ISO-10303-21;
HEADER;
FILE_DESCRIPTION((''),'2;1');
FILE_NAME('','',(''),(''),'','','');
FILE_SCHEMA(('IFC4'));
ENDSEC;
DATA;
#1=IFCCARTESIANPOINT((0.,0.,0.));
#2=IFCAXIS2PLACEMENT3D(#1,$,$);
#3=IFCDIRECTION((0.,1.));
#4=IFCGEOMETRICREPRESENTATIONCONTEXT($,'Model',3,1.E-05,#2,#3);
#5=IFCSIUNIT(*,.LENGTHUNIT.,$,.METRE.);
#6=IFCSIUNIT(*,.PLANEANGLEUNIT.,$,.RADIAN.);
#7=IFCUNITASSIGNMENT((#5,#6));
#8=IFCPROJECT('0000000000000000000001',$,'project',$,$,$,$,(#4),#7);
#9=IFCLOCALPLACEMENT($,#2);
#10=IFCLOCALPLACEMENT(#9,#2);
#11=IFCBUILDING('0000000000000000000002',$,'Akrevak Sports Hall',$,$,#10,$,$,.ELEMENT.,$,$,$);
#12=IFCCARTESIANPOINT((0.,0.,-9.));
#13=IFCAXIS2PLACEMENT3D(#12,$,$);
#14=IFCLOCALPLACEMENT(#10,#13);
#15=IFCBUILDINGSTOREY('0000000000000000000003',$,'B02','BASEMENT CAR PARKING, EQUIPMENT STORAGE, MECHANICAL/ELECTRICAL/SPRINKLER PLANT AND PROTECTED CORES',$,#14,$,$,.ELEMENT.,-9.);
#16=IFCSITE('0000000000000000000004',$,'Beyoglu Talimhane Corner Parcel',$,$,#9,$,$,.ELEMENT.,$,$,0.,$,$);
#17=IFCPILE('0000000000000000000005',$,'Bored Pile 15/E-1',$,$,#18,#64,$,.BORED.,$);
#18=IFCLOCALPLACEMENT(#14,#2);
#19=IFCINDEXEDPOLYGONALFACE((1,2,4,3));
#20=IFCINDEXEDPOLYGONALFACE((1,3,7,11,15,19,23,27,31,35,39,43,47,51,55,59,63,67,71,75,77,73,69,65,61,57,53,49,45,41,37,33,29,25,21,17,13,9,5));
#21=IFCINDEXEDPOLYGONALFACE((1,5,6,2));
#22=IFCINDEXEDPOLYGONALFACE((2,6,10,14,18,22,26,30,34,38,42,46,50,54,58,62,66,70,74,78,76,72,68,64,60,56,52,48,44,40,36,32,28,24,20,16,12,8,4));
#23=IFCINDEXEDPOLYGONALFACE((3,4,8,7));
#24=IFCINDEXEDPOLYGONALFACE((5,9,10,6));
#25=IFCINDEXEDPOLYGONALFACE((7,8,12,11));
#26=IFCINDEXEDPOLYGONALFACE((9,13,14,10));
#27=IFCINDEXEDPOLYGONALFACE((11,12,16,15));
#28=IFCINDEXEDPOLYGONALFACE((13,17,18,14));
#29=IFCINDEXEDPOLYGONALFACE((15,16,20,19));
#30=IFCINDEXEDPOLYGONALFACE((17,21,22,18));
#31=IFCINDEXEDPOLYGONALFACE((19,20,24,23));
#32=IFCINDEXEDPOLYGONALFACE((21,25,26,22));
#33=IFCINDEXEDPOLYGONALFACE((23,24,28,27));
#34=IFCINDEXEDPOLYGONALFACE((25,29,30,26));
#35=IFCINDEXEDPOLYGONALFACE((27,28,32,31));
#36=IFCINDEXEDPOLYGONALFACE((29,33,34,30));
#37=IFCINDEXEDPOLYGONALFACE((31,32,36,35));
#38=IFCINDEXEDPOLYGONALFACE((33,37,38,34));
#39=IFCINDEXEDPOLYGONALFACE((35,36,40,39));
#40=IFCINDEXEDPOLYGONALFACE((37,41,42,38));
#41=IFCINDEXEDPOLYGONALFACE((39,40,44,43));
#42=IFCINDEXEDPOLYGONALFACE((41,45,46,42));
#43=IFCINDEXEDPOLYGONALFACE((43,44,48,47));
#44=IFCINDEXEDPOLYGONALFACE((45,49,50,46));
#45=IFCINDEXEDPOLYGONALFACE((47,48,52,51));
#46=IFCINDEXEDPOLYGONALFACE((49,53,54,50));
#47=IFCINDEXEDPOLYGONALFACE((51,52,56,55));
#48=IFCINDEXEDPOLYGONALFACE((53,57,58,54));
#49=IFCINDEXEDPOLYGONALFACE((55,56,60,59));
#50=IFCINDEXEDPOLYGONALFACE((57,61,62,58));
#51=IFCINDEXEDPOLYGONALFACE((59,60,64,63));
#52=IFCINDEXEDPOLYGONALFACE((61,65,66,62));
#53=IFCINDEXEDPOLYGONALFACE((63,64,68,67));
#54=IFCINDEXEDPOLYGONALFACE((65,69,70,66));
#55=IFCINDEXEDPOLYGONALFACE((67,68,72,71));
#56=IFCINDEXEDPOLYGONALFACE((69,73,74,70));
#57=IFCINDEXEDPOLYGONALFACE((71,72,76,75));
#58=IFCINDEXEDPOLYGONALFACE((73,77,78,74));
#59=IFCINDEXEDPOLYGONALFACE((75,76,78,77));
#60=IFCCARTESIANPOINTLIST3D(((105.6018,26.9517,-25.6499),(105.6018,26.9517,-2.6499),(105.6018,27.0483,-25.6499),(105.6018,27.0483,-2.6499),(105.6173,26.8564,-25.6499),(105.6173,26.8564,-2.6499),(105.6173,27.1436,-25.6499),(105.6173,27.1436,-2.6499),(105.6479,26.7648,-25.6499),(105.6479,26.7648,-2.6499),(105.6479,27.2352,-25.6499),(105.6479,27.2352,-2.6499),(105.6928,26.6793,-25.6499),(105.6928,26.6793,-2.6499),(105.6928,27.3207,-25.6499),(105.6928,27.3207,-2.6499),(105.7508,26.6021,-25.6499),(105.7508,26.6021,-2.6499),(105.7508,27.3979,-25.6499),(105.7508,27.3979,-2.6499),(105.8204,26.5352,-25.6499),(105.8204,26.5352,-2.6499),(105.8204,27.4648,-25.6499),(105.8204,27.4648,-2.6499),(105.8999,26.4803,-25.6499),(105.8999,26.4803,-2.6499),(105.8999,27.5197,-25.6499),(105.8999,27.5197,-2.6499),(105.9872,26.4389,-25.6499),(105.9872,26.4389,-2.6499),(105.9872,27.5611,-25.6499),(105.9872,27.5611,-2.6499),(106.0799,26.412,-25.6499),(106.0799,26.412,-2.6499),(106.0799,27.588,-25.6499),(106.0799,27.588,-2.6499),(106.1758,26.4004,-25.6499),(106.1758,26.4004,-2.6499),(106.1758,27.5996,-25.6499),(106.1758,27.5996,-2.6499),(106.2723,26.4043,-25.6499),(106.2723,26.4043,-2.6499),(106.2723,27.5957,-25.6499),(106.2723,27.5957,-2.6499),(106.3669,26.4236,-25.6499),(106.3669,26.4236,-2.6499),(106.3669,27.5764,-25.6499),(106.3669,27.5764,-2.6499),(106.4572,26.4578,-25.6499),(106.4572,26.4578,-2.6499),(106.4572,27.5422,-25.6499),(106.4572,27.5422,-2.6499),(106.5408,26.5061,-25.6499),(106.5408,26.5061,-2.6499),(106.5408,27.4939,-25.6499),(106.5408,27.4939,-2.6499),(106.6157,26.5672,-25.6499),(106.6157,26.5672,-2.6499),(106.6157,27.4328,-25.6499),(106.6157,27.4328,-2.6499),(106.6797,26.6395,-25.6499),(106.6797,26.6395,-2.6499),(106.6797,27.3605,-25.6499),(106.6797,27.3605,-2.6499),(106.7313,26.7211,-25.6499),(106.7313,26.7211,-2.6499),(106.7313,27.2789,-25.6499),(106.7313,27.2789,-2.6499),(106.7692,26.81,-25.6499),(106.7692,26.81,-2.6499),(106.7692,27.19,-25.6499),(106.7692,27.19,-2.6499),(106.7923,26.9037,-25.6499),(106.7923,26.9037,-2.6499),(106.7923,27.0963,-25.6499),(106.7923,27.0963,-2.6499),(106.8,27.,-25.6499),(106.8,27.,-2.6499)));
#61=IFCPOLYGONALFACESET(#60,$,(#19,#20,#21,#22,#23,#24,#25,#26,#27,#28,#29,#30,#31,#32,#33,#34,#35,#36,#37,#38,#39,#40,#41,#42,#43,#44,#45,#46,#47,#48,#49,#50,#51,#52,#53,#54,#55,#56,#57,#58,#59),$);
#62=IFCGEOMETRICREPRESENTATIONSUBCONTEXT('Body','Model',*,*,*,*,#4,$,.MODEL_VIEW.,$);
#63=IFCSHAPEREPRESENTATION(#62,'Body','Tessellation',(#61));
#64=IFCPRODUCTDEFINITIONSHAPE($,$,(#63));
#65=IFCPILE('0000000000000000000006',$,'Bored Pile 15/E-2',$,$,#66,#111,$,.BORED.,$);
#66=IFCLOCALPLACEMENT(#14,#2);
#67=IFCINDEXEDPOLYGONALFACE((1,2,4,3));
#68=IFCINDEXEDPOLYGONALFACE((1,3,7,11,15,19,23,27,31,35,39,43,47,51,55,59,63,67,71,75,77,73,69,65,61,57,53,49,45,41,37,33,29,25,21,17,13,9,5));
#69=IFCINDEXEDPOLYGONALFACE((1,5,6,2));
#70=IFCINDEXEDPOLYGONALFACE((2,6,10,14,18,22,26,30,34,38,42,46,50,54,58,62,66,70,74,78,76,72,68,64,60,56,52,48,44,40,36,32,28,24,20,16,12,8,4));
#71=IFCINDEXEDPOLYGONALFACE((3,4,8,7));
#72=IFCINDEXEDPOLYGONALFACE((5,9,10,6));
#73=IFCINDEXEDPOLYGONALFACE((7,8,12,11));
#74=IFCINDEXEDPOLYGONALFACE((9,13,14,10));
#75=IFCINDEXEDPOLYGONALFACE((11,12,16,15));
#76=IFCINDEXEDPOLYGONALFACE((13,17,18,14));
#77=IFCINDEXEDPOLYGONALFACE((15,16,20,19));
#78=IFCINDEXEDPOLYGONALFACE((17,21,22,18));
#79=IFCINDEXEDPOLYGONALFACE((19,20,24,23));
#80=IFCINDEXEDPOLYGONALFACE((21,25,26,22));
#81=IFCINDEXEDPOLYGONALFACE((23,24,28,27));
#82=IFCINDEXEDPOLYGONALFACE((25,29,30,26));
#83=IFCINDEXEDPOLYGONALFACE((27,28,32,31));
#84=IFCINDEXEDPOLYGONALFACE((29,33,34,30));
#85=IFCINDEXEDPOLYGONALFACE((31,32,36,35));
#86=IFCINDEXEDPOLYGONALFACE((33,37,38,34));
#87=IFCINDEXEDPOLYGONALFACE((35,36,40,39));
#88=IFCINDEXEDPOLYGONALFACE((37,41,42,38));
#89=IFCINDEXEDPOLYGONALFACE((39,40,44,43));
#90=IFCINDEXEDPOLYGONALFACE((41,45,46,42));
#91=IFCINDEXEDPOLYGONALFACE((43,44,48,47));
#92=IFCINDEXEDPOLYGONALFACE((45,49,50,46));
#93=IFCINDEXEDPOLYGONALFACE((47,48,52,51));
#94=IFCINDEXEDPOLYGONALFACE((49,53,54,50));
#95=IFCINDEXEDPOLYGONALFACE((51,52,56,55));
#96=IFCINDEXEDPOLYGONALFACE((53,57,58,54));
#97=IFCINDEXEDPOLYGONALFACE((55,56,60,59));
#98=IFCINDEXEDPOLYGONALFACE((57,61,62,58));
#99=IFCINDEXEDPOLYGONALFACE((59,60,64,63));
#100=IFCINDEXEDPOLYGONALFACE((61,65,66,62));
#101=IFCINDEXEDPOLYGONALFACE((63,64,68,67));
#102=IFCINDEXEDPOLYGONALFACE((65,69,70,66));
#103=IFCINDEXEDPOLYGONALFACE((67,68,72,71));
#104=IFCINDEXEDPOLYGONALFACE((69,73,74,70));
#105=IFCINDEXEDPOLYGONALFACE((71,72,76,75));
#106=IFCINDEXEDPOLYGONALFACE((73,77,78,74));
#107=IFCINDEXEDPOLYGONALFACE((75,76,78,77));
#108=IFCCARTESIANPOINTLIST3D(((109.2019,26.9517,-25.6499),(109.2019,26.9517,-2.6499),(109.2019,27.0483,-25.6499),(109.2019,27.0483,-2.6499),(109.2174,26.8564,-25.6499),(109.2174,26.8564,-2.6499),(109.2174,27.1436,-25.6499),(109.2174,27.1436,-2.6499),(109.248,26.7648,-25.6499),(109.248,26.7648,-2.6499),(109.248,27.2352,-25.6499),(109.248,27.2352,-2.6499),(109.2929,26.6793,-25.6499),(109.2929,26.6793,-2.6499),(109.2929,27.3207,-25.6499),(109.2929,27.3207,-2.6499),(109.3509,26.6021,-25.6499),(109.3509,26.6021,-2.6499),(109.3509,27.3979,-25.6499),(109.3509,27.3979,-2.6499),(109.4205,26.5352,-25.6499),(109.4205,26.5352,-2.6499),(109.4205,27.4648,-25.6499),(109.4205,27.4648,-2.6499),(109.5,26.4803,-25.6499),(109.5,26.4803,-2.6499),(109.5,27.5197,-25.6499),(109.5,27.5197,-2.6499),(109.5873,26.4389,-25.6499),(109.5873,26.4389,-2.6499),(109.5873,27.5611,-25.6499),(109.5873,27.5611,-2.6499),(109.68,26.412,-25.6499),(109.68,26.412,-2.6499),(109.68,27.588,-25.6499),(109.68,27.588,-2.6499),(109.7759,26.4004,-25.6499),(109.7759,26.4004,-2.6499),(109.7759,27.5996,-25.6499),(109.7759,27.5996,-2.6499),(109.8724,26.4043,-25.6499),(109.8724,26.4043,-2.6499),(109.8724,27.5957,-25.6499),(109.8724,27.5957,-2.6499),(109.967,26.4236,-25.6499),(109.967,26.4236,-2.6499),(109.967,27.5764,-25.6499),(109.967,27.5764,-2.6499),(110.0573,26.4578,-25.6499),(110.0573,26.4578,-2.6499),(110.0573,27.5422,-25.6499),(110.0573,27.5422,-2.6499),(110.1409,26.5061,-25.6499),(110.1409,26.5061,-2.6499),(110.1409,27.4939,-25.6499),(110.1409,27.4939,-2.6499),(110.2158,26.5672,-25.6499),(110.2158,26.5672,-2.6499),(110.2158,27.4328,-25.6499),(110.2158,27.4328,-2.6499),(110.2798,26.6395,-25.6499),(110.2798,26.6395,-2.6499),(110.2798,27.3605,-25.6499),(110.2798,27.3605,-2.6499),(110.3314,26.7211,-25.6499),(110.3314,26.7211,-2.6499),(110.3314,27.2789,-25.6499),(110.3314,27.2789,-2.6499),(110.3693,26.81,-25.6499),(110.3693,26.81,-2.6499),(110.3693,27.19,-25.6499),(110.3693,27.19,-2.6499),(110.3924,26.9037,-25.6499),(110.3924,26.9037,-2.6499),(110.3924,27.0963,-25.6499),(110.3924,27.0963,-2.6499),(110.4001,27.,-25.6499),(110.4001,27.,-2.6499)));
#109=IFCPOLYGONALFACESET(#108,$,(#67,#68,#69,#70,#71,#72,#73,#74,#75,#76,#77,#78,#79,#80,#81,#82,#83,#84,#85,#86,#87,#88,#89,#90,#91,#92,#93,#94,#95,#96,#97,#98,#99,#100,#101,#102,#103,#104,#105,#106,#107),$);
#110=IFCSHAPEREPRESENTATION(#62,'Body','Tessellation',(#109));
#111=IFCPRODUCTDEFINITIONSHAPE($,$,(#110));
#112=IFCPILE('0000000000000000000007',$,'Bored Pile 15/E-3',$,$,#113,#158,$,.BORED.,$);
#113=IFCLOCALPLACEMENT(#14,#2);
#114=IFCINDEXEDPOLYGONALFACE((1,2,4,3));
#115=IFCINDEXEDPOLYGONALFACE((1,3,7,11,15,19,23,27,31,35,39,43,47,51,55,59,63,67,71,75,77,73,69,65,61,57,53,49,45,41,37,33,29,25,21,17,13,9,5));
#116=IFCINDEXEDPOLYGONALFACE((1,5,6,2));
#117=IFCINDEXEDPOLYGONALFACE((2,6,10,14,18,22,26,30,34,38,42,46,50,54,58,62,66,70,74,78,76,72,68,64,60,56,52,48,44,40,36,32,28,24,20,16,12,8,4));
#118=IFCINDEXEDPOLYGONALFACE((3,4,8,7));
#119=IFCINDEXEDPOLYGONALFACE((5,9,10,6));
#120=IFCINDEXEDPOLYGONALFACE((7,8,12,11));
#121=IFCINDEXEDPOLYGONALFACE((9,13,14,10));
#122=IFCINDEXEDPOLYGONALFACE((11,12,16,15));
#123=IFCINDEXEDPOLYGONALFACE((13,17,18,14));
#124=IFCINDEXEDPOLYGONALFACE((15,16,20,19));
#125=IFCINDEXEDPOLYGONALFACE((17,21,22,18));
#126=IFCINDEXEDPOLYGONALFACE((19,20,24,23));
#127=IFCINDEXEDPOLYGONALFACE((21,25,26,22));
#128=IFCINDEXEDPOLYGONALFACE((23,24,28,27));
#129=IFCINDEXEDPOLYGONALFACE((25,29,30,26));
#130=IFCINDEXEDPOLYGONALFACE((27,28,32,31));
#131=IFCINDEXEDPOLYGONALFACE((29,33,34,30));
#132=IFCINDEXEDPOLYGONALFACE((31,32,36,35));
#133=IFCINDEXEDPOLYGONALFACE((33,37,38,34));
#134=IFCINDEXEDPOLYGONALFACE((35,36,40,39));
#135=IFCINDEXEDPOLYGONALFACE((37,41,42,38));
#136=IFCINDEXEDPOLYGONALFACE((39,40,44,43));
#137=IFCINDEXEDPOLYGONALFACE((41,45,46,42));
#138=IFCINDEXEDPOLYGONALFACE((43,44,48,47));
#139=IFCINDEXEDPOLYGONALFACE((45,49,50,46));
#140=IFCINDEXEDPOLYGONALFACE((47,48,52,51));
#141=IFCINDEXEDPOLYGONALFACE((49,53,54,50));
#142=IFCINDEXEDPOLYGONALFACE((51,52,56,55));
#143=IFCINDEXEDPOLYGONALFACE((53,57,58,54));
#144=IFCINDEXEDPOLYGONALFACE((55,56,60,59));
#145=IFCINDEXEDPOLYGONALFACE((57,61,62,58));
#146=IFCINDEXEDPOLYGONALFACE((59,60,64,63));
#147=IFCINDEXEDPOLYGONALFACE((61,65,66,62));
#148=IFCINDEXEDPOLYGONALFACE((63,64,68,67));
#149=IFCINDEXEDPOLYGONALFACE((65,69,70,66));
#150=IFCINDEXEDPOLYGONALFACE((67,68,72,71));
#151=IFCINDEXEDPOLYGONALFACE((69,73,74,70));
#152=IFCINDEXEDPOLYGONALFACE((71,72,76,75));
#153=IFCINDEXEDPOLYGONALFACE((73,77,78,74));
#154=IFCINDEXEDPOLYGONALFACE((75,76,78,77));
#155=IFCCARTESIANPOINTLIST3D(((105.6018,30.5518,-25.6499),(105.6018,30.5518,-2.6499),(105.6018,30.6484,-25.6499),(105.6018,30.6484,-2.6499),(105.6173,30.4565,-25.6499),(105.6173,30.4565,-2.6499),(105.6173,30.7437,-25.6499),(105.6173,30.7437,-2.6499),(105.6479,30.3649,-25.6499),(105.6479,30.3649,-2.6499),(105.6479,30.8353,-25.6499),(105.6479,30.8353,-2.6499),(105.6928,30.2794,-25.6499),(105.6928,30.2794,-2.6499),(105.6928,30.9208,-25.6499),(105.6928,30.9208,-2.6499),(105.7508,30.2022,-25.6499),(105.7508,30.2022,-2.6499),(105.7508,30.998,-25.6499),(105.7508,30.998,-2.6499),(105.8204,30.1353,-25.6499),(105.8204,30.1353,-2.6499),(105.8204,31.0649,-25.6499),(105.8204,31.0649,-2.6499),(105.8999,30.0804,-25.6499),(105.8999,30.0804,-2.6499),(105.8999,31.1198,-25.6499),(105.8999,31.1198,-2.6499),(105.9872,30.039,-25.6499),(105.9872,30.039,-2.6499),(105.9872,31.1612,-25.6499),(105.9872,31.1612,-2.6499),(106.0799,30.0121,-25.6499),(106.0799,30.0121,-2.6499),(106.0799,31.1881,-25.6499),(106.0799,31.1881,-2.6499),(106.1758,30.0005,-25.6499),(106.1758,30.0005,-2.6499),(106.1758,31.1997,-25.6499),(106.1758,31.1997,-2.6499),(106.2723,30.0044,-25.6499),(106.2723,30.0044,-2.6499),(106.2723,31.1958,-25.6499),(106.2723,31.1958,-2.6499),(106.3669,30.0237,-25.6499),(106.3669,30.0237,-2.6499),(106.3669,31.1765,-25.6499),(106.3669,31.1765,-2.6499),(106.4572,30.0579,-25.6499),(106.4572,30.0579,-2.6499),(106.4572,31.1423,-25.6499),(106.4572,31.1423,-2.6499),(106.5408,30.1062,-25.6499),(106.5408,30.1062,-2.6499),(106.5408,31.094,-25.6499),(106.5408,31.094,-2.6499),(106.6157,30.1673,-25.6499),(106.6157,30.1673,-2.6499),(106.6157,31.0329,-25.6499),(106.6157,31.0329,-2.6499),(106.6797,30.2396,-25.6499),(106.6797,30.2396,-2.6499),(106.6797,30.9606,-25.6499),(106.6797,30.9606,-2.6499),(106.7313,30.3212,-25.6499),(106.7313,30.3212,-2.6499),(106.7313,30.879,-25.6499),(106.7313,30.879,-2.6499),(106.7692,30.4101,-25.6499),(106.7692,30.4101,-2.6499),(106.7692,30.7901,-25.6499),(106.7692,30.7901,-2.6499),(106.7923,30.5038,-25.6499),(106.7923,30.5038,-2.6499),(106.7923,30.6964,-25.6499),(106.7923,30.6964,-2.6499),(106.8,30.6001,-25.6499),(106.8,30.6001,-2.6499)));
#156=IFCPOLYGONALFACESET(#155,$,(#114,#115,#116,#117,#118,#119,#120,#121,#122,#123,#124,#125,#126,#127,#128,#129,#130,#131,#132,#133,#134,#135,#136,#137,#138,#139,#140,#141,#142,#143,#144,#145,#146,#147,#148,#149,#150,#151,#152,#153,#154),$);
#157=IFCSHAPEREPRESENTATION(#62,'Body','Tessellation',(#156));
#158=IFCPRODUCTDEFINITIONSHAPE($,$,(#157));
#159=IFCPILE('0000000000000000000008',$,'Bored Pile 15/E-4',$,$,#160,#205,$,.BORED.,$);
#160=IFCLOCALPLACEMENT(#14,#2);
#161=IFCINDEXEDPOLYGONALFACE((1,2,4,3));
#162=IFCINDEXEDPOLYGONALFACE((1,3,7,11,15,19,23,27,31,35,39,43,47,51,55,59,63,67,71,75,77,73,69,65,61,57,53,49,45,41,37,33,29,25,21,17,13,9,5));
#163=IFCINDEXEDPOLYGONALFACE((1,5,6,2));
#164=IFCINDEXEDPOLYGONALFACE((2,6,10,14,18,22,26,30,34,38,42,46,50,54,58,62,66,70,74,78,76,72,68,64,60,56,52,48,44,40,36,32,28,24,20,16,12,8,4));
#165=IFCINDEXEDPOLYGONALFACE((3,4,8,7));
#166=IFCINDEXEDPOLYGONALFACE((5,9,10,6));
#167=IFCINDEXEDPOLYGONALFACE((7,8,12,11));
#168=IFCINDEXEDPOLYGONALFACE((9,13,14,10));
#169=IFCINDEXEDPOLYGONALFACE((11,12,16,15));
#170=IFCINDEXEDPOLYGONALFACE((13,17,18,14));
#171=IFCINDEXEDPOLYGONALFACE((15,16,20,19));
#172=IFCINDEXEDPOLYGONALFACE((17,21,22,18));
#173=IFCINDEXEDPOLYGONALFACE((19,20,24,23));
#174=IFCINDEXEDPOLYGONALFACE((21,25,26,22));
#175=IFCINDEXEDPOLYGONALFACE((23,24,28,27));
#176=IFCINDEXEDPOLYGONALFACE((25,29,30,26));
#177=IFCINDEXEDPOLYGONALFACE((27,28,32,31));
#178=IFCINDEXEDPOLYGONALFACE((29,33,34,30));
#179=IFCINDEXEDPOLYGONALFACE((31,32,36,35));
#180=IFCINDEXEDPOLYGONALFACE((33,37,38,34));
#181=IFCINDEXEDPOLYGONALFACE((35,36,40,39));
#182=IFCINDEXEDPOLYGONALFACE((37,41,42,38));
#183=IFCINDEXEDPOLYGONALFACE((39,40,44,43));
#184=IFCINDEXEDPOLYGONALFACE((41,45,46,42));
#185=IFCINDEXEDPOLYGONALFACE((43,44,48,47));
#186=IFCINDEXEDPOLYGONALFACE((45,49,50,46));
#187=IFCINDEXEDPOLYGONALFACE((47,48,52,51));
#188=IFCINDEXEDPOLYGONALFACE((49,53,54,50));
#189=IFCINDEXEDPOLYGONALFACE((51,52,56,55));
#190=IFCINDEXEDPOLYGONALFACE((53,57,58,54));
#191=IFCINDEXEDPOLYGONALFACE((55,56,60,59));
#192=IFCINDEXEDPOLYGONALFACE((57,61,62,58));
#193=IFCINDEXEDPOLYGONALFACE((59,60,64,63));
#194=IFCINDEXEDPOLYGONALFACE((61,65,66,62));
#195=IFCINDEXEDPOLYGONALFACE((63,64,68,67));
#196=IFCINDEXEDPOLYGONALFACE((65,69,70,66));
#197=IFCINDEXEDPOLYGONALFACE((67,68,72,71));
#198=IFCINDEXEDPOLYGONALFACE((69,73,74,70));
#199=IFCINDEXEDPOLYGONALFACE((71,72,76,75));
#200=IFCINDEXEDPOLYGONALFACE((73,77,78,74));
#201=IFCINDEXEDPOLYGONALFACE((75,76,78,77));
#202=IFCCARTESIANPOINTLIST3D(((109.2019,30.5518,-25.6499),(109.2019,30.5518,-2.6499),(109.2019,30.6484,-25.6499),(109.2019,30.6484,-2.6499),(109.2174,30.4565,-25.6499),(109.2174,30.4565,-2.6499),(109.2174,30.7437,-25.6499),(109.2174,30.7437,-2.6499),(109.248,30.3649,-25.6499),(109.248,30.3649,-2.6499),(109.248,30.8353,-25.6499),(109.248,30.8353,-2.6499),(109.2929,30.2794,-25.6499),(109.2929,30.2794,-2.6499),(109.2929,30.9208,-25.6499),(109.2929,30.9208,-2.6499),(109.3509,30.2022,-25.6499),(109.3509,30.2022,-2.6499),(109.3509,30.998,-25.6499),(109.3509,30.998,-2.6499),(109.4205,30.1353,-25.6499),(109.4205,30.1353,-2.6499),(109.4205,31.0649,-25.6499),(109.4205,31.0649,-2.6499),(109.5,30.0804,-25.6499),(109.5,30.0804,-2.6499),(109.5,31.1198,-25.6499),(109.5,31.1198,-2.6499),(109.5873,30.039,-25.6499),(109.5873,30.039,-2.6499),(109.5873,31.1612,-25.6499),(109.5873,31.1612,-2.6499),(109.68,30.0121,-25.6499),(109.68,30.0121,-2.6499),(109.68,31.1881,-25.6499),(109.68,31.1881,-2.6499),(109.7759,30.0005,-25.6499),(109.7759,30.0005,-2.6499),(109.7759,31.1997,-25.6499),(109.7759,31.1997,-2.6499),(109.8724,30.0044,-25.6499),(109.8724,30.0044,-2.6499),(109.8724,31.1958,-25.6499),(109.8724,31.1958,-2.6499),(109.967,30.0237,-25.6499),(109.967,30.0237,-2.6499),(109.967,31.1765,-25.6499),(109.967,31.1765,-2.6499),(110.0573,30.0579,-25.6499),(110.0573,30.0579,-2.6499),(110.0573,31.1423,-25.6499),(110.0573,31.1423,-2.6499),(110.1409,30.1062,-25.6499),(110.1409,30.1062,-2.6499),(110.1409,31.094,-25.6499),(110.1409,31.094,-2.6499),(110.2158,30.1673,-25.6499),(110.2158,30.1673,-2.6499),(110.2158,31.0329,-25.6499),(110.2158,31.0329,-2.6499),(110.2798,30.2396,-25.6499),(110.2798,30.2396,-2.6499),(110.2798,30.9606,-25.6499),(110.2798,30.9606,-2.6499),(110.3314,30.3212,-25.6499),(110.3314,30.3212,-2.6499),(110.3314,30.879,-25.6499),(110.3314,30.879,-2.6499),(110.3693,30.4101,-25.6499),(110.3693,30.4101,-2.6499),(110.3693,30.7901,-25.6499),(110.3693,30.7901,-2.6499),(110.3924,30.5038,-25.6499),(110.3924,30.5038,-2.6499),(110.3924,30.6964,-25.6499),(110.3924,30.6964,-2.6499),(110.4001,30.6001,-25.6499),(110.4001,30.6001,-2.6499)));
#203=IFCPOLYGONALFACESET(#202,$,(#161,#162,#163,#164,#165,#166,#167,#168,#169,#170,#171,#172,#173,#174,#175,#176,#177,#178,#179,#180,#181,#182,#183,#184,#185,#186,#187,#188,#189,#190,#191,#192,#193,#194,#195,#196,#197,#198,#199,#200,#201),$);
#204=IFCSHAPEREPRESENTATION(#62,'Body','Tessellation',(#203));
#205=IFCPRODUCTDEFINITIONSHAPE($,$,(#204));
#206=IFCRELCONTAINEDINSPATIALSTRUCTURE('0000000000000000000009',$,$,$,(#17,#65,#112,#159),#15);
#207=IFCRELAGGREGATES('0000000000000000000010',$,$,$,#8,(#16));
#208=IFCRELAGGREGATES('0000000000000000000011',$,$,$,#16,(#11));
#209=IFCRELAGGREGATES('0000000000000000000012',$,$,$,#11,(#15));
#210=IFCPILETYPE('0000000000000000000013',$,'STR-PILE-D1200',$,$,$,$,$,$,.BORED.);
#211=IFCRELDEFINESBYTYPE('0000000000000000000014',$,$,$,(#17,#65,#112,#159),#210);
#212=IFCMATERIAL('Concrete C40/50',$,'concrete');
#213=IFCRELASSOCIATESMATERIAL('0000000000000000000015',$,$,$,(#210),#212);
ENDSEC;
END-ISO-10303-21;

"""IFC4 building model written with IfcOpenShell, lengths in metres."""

from ifc_helpers import new_model, si_unit, direction, frame, origin, origin_2d, place, context, subcontext, project, spatial, circle, extrude, material, material_profile, profile_set, type_object, element, save


model = new_model("IFC4")

# Units and contexts
model_context = context("Model", 3, precision=1e-05, world=origin(), true_north=direction((0.0, 1.0)))
body_context = subcontext(model_context, "Body", "Model", "MODEL_VIEW")
ifc_project = project(units=[si_unit("LENGTHUNIT", "METRE"), si_unit("PLANEANGLEUNIT", "RADIAN")], contexts=[model_context])

# Site, building, storey
site_placement = place(None, origin())
site = spatial("IfcSite", under=ifc_project, at=site_placement, Name="Beyoglu Talimhane Corner Parcel", CompositionType="ELEMENT", RefElevation=0.0)
building_placement = place(site_placement, origin())
building = spatial("IfcBuilding", under=site, at=building_placement, Name="Akrevak Sports Hall", CompositionType="ELEMENT")
storey_placement = place(building_placement, frame((0.0, 0.0, -9.0)))
storey = spatial("IfcBuildingStorey", under=building, at=storey_placement, Name="B02", Description="BASEMENT CAR PARKING, EQUIPMENT STORAGE, MECHANICAL/ELECTRICAL/SPRINKLER PLANT AND PROTECTED CORES", CompositionType="ELEMENT", Elevation=-9.0)

# Shared definitions
ifc_material_1 = material(Name="Concrete C40/50", Category="concrete")

# Piles
ifc_material_profile_1 = material_profile(ifc_material_1, circle(Radius=0.6001, at=origin_2d()), Name="BORED PILE D1200", Category="concrete")
ifc_profile_set_1 = profile_set([ifc_material_profile_1], Name="Concrete C40/50")
pile_type_1 = type_object("IfcPileType", Name="STR-PILE-D1200", PredefinedType="BORED", material=ifc_profile_set_1)
for number, where, z_axis, x_axis, name in (
    (1, (106.2, 27.0, -2.6499), (0.0, 0.0, -1.0), (1.0, 0.0, 0.0), "Bored Pile 15/E-1"),
    (2, (109.8, 27.0, -2.6499), (0.0, 0.0, -1.0), (1.0, 0.0, 0.0), "Bored Pile 15/E-2"),
    (3, (106.2, 30.6001, -2.6499), (0.0, 0.0, -1.0), (1.0, 0.0, 0.0), "Bored Pile 15/E-3"),
    (4, (109.8, 30.6001, -2.6499), (0.0, 0.0, -1.0), (1.0, 0.0, 0.0), "Bored Pile 15/E-4"),
):
    element("IfcPile", number, at=place(storey_placement, frame(where, z_axis=z_axis, x_axis=x_axis)), inside=storey, type_object=pile_type_1, Name=name, PredefinedType="BORED", context=body_context, shape_type="SweptSolid", body=[
        extrude(circle(Radius=0.6001, at=origin_2d()), origin(), (0.0, 0.0, 1.0), 23.0),
    ])

save(model, "model.ifc")
